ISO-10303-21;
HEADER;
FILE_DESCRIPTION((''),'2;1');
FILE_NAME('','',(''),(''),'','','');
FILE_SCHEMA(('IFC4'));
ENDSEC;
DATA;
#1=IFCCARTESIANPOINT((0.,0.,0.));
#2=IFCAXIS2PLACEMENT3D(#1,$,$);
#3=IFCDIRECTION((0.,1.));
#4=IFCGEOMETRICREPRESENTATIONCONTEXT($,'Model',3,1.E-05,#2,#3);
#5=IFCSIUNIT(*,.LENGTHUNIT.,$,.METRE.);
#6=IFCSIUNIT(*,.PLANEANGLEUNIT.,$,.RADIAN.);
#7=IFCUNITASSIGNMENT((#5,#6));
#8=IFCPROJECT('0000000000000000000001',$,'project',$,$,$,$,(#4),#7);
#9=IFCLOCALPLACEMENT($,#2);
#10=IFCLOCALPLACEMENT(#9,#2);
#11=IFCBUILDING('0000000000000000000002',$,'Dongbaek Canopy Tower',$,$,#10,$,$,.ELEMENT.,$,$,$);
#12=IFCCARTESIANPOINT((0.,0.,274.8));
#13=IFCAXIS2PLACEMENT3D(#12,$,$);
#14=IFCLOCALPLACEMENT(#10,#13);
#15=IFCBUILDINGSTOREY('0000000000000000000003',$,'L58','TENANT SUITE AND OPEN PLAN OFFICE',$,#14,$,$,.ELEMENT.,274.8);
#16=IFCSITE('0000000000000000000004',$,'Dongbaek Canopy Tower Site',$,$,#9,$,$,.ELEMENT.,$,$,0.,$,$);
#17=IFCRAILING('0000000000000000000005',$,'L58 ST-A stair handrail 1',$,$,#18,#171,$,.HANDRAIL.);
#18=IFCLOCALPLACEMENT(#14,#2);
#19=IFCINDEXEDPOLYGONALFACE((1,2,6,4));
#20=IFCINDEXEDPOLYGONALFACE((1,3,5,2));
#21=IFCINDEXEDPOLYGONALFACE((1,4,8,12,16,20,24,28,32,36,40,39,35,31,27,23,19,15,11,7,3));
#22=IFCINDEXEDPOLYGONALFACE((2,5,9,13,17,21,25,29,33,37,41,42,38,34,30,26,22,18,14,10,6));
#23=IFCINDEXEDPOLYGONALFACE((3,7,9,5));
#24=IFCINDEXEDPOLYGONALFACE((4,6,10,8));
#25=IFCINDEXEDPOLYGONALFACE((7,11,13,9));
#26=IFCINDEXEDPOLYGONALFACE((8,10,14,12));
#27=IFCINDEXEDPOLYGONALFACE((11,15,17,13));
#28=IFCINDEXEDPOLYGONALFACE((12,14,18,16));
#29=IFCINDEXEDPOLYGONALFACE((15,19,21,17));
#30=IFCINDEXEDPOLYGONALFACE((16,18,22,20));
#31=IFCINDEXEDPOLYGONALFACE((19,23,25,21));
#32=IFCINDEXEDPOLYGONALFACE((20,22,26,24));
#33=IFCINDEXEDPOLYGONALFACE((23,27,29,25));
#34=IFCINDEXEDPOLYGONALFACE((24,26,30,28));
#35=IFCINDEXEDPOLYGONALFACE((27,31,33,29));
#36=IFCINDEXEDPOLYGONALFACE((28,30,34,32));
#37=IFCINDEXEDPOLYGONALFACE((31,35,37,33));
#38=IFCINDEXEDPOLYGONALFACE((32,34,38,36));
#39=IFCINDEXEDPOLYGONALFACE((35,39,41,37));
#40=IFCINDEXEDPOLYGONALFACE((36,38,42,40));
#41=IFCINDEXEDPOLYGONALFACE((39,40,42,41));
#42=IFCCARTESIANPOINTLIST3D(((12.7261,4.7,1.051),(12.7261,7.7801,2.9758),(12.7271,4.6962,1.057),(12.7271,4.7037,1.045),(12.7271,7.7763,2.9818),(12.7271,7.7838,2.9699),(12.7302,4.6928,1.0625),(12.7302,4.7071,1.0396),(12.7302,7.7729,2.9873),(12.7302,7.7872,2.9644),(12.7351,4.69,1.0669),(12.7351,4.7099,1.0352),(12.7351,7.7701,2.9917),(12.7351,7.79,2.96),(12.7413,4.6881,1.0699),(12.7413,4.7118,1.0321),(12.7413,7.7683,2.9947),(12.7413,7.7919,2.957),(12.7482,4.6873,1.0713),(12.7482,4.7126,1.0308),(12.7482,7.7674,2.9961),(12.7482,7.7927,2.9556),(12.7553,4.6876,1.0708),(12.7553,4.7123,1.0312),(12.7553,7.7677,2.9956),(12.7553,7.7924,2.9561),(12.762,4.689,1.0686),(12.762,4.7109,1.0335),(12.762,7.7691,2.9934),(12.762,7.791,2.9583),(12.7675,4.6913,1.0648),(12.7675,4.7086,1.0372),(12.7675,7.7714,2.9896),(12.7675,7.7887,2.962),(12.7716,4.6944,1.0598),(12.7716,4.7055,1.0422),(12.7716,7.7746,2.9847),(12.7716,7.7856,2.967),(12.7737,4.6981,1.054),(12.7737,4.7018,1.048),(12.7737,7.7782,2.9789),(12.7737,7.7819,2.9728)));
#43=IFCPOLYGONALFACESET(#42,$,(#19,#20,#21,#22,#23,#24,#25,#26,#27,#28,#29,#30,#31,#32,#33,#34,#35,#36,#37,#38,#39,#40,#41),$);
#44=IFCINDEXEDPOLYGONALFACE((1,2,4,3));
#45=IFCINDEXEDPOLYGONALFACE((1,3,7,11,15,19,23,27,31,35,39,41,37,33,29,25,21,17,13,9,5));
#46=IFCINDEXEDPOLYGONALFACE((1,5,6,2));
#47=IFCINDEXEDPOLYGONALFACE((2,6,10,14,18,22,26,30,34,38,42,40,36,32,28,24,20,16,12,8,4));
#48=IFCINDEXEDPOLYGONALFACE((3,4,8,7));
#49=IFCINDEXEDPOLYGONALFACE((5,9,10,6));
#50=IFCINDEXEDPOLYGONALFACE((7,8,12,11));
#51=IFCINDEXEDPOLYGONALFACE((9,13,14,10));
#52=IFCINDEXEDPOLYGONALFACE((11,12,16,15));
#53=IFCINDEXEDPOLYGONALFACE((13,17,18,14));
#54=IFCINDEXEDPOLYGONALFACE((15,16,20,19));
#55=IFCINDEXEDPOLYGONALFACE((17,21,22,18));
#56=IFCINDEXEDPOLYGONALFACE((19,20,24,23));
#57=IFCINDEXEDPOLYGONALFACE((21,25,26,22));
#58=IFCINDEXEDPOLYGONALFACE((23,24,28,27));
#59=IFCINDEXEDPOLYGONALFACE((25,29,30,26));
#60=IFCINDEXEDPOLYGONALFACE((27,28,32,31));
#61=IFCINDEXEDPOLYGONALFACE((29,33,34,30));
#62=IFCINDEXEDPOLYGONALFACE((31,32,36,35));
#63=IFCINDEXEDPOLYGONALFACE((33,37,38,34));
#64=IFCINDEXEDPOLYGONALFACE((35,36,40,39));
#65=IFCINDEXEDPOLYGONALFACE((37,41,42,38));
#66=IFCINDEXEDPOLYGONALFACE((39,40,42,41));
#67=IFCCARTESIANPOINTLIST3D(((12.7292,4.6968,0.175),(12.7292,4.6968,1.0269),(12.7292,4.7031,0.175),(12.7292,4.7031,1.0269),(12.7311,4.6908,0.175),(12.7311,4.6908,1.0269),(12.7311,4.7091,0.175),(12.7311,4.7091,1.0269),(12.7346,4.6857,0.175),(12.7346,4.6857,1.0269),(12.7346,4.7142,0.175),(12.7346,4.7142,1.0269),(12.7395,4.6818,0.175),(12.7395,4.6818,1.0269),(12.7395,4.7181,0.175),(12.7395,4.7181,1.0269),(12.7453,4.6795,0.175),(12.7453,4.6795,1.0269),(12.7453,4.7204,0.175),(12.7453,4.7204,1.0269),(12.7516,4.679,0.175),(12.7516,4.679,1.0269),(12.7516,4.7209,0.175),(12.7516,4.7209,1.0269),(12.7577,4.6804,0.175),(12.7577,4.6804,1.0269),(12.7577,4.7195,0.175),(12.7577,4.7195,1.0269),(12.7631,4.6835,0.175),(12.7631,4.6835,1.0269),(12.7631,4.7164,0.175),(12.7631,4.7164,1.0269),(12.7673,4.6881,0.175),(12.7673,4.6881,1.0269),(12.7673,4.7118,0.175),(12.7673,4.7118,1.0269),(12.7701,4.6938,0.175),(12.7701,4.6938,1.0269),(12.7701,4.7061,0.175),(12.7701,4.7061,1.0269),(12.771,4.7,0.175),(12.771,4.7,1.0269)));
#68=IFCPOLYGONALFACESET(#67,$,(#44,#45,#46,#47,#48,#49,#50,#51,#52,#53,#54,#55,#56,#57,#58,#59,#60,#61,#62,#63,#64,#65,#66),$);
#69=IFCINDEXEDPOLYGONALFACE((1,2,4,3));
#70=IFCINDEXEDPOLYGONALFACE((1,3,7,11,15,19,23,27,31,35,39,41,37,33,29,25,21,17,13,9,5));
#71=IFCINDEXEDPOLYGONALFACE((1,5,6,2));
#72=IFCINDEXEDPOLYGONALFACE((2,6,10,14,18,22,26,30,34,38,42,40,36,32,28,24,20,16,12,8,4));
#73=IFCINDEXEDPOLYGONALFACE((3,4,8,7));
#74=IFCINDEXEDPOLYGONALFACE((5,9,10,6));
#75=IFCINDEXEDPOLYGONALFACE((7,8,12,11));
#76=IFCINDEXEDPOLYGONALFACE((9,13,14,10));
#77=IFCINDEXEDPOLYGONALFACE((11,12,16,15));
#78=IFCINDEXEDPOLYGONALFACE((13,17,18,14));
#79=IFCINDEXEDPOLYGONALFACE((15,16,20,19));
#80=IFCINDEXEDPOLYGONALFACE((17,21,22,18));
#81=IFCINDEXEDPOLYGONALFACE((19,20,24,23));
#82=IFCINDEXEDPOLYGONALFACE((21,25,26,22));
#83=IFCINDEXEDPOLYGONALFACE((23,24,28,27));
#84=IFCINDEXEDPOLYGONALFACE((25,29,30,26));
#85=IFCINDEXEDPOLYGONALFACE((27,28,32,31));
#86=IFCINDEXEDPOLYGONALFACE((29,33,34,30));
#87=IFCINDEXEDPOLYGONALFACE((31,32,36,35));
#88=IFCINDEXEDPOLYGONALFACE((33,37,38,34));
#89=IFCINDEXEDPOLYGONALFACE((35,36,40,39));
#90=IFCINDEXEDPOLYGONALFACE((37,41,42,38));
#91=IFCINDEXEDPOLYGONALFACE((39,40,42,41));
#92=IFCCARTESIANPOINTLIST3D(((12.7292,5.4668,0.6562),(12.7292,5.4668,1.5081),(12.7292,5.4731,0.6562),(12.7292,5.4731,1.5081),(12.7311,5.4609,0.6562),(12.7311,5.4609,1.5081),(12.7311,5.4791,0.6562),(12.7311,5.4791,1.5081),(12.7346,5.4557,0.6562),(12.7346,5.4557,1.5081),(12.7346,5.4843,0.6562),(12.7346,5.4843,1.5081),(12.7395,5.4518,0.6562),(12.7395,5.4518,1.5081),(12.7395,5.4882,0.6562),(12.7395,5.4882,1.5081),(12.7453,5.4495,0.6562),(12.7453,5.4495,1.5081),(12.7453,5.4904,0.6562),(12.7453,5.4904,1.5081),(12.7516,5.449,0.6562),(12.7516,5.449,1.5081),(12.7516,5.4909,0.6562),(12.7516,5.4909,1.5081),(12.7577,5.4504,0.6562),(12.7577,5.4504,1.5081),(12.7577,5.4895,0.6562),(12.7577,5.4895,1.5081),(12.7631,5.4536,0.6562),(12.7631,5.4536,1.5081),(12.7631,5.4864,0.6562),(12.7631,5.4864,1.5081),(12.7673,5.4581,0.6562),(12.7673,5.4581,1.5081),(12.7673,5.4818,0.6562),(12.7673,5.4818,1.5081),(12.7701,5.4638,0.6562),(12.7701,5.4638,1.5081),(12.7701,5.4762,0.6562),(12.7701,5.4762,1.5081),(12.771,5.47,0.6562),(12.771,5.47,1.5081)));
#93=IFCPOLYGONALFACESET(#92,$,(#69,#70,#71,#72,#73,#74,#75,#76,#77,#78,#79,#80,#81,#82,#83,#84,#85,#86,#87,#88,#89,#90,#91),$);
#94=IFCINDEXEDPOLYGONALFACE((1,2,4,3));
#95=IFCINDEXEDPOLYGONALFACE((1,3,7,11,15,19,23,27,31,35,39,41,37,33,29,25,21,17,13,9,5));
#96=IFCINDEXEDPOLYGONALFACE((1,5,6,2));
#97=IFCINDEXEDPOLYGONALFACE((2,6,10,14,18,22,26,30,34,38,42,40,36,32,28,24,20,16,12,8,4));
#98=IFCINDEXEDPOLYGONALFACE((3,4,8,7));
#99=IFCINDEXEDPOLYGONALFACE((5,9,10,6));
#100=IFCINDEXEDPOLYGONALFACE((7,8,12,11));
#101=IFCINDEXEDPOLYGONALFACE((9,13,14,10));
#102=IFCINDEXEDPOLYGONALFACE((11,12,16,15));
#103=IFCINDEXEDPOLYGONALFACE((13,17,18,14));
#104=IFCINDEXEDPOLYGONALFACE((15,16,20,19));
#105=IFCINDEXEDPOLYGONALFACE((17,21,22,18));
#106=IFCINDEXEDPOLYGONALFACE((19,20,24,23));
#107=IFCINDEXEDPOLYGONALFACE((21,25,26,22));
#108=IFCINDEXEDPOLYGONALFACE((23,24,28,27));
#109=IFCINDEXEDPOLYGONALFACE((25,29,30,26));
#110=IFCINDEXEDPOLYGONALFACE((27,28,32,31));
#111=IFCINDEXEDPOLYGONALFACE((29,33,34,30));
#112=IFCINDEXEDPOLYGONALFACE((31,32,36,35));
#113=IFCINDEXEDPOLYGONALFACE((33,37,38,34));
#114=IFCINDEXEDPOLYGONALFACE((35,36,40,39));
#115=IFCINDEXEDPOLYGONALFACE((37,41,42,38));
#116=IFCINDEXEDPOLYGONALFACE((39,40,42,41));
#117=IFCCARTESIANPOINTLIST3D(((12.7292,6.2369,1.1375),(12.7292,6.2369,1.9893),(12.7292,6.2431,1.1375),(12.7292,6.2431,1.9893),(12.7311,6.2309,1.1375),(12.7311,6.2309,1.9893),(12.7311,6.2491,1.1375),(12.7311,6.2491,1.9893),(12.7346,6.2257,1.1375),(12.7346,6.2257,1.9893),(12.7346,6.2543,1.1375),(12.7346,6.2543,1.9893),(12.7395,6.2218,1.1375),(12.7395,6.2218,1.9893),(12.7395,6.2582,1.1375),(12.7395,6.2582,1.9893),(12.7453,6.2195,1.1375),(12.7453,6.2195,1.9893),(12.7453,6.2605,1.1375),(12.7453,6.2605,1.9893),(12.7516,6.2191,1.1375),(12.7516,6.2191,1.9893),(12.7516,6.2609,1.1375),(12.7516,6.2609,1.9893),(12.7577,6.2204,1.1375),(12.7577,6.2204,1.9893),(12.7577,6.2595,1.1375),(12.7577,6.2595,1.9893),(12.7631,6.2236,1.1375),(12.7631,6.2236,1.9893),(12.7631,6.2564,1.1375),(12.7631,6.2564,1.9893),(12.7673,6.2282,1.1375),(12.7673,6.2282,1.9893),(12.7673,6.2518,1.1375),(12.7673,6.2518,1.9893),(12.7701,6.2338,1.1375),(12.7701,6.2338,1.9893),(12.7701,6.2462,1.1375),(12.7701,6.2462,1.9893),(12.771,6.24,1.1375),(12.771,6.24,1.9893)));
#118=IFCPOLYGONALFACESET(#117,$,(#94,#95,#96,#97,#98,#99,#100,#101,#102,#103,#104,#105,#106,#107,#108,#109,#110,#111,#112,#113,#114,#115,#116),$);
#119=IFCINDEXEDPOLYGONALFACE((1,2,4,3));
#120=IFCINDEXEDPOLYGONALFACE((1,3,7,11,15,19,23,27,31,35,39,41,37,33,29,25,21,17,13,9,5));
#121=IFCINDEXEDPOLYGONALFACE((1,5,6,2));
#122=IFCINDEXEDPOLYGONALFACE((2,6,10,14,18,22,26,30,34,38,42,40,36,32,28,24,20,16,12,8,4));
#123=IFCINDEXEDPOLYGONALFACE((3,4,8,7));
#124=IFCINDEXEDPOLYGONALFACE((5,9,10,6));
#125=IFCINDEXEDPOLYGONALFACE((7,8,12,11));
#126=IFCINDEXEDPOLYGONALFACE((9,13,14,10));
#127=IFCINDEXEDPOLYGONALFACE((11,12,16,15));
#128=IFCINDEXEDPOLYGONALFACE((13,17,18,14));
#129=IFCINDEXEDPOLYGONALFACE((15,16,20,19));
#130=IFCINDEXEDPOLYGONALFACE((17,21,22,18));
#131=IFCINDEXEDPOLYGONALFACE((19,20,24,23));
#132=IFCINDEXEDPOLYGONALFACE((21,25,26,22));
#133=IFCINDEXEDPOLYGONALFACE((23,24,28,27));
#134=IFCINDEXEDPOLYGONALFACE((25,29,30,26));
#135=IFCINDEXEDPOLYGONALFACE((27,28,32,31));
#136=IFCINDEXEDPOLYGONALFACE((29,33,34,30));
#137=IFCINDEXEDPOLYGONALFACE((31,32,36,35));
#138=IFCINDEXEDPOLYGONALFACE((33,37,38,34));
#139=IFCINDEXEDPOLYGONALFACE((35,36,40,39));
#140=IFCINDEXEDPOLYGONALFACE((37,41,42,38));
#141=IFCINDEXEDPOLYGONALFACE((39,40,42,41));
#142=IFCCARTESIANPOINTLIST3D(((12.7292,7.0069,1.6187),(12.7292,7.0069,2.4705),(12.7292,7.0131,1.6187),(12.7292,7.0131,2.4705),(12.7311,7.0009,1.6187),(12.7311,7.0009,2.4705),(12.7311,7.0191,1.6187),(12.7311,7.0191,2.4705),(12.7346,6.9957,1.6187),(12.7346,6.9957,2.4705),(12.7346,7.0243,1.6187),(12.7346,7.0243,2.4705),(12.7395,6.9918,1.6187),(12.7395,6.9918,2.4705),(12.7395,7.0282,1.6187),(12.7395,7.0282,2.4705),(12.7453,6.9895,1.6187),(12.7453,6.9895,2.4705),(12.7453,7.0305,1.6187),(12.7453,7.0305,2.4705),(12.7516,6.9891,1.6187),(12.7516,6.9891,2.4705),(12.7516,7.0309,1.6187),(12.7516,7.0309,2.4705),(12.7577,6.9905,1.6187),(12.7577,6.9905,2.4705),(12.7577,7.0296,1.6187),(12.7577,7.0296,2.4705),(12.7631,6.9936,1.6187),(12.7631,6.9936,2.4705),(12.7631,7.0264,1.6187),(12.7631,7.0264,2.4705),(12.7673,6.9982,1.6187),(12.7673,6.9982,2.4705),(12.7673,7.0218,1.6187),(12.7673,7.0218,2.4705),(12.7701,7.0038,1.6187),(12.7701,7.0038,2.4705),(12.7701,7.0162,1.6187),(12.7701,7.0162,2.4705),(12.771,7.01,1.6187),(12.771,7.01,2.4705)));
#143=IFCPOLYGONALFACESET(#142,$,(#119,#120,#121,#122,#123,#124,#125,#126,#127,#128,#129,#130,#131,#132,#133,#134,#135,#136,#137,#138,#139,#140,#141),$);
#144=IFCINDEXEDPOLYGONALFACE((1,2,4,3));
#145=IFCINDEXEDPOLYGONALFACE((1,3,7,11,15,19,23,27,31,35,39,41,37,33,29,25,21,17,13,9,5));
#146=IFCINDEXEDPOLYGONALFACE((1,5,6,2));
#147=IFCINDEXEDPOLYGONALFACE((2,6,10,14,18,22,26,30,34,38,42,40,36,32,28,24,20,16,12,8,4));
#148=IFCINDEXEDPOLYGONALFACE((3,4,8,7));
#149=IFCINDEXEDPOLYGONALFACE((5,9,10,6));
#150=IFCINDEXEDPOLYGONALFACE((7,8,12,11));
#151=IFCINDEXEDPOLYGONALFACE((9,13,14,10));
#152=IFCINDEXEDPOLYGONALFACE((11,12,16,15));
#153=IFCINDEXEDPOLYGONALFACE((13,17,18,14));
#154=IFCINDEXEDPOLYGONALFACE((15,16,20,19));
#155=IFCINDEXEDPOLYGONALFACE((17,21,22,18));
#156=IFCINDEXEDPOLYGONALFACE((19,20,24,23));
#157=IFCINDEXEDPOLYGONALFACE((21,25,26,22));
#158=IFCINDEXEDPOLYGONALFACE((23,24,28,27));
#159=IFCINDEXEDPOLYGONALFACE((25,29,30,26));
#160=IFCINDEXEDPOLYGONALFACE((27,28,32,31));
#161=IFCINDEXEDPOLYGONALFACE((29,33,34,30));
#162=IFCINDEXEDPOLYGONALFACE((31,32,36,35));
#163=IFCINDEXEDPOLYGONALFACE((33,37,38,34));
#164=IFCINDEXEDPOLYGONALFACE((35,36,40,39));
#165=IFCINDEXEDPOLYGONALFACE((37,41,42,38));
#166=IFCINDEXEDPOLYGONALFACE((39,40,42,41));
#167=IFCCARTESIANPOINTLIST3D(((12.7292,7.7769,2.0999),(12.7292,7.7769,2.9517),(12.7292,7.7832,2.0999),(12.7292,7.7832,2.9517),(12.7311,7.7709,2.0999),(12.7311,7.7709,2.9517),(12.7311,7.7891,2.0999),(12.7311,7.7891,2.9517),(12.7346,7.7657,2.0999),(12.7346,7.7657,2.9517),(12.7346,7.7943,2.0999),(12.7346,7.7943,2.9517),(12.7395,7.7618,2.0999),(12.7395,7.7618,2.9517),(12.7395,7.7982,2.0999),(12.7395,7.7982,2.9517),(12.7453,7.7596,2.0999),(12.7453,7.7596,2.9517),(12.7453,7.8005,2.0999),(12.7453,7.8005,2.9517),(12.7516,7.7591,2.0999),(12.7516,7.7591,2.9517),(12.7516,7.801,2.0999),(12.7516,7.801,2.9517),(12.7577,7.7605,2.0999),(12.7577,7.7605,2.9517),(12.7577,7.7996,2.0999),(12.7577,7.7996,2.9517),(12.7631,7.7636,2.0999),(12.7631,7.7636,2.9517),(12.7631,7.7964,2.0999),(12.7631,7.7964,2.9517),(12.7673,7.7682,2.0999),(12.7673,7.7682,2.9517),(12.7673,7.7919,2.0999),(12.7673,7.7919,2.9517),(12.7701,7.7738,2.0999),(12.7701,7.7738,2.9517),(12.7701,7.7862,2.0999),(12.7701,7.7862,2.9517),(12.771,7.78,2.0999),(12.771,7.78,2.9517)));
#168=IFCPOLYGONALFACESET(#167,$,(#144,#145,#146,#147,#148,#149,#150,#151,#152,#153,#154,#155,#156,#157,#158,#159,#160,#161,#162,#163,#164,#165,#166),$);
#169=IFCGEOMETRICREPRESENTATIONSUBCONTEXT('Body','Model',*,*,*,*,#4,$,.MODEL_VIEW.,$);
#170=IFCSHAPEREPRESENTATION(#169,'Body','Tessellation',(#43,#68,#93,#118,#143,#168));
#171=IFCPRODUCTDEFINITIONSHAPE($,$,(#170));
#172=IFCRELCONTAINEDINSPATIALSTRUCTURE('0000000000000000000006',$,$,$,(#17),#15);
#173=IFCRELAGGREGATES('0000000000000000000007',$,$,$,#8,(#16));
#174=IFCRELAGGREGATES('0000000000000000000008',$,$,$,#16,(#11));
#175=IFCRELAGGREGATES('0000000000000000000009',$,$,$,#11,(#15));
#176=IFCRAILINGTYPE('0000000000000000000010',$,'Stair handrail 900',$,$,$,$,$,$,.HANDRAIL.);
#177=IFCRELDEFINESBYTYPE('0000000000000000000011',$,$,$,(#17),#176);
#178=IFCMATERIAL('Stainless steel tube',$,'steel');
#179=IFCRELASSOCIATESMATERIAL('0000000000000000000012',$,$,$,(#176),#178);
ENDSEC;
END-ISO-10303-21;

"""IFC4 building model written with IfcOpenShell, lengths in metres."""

from ifc_helpers import new_model, si_unit, direction, frame, origin, origin_2d, place, context, subcontext, project, spatial, circle, extrude, material, type_object, element, save


model = new_model("IFC4")

# Units and contexts
model_context = context("Model", 3, precision=1e-05, world=origin(), true_north=direction((0.0, 1.0)))
body_context = subcontext(model_context, "Body", "Model", "MODEL_VIEW")
ifc_project = project(units=[si_unit("LENGTHUNIT", "METRE"), si_unit("PLANEANGLEUNIT", "RADIAN")], contexts=[model_context])

# Site, building, storey
site_placement = place(None, origin())
site = spatial("IfcSite", under=ifc_project, at=site_placement, Name="Dongbaek Canopy Tower Site", CompositionType="ELEMENT", RefElevation=0.0)
building_placement = place(site_placement, origin())
building = spatial("IfcBuilding", under=site, at=building_placement, Name="Dongbaek Canopy Tower", CompositionType="ELEMENT")
storey_placement = place(building_placement, frame((0.0, 0.0, 274.8)))
storey = spatial("IfcBuildingStorey", under=building, at=storey_placement, Name="L58", Description="TENANT SUITE AND OPEN PLAN OFFICE", CompositionType="ELEMENT", Elevation=274.8)

# Railing
ifc_material_1 = material(Name="Stainless steel tube", Category="steel")
railing_type_1 = type_object("IfcRailingType", Name="Stair handrail 900", PredefinedType="HANDRAIL", material=ifc_material_1)
railing_1_placement = place(storey_placement, frame((12.75, 4.7, 0.175)))
element("IfcRailing", 1, at=railing_1_placement, inside=storey, type_object=railing_type_1, Name="L58 ST-A stair handrail 1", PredefinedType="HANDRAIL", context=body_context, shape_type="SweptSolid", body=[
    extrude(circle(Radius=0.0239, at=origin_2d()), frame((0.0, 0.0, 0.876), z_axis=(0.0, 0.848029, 0.529951), x_axis=(-1.0, 0.0, 0.0)), (0.0, 0.0, 1.0), 3.6321),
    extrude(circle(Radius=0.021, at=origin_2d()), origin(), (0.0, 0.0, 1.0), 0.8518),
    extrude(circle(Radius=0.021, at=origin_2d()), frame((0.0, 0.77, 0.4812)), (0.0, 0.0, 1.0), 0.8518),
    extrude(circle(Radius=0.021, at=origin_2d()), frame((0.0, 1.54, 0.9624)), (0.0, 0.0, 1.0), 0.8518),
    extrude(circle(Radius=0.021, at=origin_2d()), frame((0.0, 2.3101, 1.4436)), (0.0, 0.0, 1.0), 0.8518),
    extrude(circle(Radius=0.021, at=origin_2d()), frame((0.0, 3.0801, 1.9248)), (0.0, 0.0, 1.0), 0.8518),
])

save(model, "model.ifc")
